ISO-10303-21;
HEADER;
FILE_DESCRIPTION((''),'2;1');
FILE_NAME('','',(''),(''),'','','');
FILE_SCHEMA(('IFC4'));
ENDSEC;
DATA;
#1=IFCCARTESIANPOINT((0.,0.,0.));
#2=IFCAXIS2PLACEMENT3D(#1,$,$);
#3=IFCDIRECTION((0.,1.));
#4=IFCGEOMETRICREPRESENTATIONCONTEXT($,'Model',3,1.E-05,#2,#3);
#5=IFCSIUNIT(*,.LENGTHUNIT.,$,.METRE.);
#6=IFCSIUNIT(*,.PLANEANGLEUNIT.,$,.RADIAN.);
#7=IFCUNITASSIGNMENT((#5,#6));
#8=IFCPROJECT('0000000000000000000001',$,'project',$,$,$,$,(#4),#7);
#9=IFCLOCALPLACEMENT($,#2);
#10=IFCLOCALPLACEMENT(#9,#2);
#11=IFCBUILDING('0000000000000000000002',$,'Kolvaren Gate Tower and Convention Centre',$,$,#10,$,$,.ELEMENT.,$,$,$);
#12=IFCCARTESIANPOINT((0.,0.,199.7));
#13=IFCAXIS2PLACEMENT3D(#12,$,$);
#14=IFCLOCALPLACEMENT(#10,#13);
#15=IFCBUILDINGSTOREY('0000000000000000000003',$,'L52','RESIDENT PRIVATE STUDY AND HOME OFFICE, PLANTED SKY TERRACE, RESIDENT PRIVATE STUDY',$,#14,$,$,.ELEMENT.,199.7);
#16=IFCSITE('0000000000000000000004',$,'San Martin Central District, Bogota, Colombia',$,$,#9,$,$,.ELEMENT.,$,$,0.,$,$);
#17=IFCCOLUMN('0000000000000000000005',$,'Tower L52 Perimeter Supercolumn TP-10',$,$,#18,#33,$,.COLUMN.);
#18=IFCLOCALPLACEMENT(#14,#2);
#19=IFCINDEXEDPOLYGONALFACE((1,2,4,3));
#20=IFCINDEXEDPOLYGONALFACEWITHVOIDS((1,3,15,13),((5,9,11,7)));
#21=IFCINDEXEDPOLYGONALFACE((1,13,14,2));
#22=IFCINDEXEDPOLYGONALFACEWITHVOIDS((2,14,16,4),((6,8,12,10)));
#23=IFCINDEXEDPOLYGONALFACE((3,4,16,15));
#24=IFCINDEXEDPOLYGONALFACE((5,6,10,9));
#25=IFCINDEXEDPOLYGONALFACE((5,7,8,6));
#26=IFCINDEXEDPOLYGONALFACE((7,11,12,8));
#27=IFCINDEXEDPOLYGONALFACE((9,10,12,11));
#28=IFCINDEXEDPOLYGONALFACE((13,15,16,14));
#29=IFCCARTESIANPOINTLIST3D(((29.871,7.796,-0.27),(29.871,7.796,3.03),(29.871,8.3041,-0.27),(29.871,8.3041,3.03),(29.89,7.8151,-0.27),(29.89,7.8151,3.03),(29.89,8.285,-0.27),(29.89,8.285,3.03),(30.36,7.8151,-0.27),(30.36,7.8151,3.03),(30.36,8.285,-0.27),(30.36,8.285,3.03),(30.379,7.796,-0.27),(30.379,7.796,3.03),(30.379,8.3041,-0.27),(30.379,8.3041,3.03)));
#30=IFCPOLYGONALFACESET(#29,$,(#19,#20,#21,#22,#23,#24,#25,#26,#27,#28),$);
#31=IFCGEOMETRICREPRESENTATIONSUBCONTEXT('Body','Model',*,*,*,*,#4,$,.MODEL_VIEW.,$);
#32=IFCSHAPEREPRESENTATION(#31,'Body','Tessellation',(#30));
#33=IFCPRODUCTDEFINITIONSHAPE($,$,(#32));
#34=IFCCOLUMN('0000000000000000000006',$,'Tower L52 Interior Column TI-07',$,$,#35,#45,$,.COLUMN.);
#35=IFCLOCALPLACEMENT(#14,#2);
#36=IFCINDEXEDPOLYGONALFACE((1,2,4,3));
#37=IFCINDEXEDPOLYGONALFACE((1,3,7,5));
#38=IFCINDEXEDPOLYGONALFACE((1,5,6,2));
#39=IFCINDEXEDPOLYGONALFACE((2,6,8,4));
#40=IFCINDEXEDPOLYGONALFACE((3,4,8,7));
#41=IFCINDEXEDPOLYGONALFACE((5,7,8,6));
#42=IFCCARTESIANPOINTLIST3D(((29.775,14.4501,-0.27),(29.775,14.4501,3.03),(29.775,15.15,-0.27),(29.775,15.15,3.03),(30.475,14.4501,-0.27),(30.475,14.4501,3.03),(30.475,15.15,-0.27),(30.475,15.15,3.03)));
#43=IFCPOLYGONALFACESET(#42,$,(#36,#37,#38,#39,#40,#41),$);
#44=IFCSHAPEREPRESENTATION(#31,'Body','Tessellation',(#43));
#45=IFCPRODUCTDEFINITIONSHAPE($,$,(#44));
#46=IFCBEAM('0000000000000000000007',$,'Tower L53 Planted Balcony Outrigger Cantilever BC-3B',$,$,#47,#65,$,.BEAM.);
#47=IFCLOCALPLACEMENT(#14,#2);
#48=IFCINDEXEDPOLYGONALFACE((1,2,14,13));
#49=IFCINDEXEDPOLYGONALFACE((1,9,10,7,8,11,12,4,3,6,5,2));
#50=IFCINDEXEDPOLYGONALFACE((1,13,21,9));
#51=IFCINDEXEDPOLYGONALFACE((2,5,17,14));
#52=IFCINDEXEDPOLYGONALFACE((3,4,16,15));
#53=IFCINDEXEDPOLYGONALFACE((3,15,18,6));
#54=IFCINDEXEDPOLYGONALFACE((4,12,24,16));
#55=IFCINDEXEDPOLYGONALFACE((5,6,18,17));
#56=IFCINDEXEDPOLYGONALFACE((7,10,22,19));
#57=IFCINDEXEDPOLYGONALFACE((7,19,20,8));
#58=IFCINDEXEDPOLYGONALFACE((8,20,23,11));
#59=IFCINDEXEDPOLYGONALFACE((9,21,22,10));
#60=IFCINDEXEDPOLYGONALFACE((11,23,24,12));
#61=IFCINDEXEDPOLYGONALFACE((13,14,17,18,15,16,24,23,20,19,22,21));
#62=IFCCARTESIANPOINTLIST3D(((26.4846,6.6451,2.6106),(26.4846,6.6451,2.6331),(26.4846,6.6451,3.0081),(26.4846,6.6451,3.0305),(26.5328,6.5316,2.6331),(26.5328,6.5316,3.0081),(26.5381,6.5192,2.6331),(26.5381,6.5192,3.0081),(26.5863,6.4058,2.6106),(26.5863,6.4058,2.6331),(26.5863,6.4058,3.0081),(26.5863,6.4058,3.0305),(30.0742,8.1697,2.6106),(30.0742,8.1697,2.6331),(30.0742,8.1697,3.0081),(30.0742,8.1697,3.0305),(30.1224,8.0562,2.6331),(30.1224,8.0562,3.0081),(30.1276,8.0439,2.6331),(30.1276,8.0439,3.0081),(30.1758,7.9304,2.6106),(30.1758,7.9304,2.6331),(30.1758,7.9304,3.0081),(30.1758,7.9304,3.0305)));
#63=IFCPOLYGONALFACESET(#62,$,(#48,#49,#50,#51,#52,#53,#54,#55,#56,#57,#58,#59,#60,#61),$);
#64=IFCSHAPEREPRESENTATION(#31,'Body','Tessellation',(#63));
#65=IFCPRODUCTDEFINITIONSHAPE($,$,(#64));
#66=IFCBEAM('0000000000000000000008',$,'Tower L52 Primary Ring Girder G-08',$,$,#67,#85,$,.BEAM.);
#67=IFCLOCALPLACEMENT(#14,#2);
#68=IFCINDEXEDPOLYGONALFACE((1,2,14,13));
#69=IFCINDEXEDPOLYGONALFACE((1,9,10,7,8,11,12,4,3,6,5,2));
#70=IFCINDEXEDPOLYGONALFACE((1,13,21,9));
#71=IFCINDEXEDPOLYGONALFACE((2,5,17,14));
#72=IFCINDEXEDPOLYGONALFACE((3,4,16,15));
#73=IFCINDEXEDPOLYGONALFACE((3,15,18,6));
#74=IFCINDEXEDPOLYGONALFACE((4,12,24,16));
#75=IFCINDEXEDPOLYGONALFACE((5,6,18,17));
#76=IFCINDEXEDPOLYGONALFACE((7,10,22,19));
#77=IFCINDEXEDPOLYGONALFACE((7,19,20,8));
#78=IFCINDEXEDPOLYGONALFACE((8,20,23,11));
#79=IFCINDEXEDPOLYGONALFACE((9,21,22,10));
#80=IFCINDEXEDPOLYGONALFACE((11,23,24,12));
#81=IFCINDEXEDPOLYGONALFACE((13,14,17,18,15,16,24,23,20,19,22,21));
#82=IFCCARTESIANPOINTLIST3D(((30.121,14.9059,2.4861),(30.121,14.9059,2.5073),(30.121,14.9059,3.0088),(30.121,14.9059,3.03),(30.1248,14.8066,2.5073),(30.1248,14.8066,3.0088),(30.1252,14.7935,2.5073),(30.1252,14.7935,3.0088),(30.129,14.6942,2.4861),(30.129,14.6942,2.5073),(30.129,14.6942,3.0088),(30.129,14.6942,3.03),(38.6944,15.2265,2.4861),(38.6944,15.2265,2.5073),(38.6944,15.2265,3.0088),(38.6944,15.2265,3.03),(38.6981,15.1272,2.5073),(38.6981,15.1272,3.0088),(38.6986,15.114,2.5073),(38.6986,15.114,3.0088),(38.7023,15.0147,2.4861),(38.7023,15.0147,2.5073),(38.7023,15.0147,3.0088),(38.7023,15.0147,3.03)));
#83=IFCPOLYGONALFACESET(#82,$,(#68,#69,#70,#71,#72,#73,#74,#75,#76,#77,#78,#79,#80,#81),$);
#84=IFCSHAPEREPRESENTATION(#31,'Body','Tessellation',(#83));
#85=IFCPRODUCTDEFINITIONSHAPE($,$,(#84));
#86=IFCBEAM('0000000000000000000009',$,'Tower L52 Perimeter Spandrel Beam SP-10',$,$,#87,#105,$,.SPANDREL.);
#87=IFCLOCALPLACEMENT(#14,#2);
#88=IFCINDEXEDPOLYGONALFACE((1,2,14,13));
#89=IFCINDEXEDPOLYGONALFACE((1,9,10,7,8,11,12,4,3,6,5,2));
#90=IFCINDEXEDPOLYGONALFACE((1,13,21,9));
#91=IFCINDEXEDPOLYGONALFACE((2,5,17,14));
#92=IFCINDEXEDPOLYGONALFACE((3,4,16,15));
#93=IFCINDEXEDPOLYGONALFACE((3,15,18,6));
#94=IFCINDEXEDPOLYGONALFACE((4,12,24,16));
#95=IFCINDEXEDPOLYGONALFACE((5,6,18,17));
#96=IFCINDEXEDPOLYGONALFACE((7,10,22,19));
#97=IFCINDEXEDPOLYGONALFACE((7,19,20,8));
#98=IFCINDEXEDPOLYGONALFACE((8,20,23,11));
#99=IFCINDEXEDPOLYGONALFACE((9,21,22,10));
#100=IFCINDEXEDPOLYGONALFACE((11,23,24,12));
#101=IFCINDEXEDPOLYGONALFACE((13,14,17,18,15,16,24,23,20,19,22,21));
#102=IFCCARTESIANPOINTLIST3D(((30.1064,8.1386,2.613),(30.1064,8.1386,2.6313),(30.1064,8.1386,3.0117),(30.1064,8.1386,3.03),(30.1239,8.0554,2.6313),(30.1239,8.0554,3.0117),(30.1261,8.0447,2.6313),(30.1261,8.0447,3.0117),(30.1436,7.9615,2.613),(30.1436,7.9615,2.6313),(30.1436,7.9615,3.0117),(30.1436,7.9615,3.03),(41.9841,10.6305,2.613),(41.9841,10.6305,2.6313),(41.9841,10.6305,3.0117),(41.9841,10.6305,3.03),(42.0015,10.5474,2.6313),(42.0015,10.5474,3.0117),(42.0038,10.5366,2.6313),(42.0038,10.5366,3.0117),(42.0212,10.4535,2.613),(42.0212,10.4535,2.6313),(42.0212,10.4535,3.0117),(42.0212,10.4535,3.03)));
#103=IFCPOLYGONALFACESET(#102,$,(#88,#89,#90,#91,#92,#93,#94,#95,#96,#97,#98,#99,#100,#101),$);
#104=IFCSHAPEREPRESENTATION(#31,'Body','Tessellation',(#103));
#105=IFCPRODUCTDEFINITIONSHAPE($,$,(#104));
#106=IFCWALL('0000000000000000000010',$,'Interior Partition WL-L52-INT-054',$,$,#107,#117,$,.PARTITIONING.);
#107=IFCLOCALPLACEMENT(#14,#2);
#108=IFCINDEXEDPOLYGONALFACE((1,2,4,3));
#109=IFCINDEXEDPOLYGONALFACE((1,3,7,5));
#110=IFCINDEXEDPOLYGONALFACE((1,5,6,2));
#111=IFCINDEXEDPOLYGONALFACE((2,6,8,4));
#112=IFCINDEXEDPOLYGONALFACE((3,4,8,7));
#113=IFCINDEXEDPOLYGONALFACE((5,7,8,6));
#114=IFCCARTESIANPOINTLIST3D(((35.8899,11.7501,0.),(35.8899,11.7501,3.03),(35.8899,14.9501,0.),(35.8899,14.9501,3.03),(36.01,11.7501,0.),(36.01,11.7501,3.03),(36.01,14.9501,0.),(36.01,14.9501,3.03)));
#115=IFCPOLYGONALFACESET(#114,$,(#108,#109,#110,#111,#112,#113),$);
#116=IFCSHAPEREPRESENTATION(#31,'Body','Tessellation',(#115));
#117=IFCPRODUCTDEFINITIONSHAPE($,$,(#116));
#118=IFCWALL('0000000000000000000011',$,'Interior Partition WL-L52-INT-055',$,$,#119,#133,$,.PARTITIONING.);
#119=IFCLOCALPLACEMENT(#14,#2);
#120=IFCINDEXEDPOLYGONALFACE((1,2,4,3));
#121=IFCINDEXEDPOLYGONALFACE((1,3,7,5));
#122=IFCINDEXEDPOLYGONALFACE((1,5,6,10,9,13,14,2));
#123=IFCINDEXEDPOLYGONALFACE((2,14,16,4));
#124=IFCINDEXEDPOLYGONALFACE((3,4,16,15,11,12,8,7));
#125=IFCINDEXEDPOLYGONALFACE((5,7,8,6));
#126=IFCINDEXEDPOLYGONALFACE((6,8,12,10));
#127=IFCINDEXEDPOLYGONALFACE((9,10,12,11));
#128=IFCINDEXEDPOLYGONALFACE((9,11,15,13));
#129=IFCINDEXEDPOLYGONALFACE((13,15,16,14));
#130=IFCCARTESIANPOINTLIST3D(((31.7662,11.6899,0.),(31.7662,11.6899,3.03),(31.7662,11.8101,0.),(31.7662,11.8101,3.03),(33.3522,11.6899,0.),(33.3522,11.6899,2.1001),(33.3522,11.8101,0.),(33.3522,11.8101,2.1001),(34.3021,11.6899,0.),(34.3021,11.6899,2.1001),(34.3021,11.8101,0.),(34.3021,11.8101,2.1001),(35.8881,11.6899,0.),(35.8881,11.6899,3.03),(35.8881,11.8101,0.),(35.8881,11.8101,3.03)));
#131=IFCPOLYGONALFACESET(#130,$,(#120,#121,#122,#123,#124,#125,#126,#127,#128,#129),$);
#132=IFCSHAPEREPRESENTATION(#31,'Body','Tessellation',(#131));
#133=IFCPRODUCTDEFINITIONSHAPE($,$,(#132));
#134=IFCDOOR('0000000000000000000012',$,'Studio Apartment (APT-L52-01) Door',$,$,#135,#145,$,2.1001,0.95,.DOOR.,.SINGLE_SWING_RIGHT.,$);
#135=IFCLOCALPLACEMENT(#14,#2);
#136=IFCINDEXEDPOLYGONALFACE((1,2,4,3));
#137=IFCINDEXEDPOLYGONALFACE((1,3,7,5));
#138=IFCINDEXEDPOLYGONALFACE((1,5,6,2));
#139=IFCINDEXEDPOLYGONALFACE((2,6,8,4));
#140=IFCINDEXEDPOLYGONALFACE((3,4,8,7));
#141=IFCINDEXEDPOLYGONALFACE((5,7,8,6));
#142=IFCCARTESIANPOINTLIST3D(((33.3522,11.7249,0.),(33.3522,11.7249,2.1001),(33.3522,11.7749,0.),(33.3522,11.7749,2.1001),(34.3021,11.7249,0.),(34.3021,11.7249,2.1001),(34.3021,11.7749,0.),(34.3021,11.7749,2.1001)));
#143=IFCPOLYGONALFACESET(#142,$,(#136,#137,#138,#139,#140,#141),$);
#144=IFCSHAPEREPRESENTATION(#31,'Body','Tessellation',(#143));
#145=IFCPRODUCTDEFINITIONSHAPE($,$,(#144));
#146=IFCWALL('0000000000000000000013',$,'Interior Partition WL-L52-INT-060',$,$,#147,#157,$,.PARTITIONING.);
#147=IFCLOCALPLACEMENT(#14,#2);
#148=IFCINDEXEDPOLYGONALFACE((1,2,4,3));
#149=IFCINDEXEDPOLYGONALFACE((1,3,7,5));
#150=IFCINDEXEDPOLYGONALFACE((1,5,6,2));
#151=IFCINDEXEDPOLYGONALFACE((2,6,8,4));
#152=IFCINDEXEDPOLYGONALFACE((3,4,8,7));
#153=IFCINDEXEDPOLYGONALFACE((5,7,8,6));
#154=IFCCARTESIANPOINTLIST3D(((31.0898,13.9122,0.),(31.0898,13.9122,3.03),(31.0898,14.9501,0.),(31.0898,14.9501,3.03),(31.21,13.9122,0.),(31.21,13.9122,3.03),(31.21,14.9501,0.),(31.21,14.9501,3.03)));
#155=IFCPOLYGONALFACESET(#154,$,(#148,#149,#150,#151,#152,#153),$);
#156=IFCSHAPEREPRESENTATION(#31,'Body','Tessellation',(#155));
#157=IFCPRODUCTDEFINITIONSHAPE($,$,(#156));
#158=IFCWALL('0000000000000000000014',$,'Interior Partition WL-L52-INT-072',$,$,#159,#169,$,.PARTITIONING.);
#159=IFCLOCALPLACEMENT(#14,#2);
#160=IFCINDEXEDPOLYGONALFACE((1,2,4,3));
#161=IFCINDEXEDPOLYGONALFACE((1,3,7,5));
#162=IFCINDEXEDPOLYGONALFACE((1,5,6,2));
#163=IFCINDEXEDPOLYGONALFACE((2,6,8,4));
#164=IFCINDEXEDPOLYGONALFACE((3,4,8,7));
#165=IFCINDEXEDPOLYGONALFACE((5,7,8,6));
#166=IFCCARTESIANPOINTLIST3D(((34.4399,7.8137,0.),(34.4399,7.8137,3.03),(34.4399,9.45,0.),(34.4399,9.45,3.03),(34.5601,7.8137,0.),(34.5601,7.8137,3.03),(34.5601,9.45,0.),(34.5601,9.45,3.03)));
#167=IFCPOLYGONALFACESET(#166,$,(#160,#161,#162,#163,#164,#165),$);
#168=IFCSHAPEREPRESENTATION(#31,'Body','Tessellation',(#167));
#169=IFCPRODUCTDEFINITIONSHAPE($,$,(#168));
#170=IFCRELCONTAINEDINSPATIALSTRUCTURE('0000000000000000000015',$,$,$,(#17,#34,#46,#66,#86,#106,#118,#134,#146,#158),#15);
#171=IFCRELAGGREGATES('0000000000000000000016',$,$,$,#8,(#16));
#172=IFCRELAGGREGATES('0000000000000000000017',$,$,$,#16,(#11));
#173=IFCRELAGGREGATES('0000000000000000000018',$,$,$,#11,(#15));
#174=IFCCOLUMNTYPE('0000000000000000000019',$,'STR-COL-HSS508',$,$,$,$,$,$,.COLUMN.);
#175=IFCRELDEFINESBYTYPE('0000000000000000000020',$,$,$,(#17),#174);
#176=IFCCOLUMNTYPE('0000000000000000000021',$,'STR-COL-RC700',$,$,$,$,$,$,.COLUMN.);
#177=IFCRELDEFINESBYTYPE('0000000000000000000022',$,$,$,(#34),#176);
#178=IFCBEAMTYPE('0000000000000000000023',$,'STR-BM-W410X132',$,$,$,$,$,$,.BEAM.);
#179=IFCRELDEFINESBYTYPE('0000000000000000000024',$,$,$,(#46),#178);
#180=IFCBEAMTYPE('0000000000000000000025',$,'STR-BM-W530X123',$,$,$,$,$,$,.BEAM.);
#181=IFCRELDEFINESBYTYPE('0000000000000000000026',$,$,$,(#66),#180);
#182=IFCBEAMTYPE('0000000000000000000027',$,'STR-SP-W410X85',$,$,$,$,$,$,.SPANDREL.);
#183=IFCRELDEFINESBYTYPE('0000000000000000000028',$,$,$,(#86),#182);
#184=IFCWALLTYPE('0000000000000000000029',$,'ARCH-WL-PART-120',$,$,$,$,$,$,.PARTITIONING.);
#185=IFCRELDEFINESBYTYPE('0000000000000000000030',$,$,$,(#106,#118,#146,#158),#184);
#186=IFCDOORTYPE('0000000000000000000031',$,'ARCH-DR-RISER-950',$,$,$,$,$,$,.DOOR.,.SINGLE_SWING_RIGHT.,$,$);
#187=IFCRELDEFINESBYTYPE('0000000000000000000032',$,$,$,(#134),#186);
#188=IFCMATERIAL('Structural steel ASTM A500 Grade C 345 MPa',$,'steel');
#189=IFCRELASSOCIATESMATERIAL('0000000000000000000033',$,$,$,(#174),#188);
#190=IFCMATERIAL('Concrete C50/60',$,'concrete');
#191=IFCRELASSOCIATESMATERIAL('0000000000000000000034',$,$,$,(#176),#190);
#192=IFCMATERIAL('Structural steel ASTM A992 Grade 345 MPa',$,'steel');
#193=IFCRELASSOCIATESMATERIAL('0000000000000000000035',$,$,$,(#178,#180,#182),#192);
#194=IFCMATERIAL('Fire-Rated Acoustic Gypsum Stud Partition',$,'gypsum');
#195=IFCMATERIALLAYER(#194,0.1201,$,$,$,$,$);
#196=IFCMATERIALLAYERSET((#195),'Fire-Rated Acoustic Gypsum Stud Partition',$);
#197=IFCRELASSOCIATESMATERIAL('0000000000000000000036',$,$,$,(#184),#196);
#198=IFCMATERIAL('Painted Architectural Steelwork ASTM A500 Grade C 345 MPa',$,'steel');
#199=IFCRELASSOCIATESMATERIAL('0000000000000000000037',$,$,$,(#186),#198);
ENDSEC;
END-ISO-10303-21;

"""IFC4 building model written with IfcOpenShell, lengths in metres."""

from ifc_helpers import new_model, si_unit, direction, frame, frame_2d, origin, origin_2d, place, context, subcontext, project, spatial, rectangle, hollow_rectangle, i_section, extrude, material, layer, layer_set, material_profile, profile_set, type_object, element, fill, save


model = new_model("IFC4")

# Units and contexts
model_context = context("Model", 3, precision=1e-05, world=origin(), true_north=direction((0.0, 1.0)))
body_context = subcontext(model_context, "Body", "Model", "MODEL_VIEW")
ifc_project = project(units=[si_unit("LENGTHUNIT", "METRE"), si_unit("PLANEANGLEUNIT", "RADIAN")], contexts=[model_context])

# Site, building, storey
site_placement = place(None, origin())
site = spatial("IfcSite", under=ifc_project, at=site_placement, Name="San Martin Central District, Bogota, Colombia", CompositionType="ELEMENT", RefElevation=0.0)
building_placement = place(site_placement, origin())
building = spatial("IfcBuilding", under=site, at=building_placement, Name="Kolvaren Gate Tower and Convention Centre", CompositionType="ELEMENT")
storey_placement = place(building_placement, frame((0.0, 0.0, 199.7)))
storey = spatial("IfcBuildingStorey", under=building, at=storey_placement, Name="L52", Description="RESIDENT PRIVATE STUDY AND HOME OFFICE, PLANTED SKY TERRACE, RESIDENT PRIVATE STUDY", CompositionType="ELEMENT", Elevation=199.7)

# Columns
ifc_material_1 = material(Name="Structural steel ASTM A500 Grade C 345 MPa", Category="steel")
ifc_material_profile_1 = material_profile(ifc_material_1, hollow_rectangle(XDim=0.5081, YDim=0.5081, WallThickness=0.019, at=origin_2d()), Name="HSS508X508X19.1")
ifc_profile_set_1 = profile_set([ifc_material_profile_1], Name="Structural steel ASTM A500 Grade C 345 MPa")
column_type_1 = type_object("IfcColumnType", Name="STR-COL-HSS508", PredefinedType="COLUMN", material=ifc_profile_set_1)
column_1_placement = place(storey_placement, frame((30.125, 8.05, -0.27), z_axis=(0.0, 0.0, 1.0), x_axis=(1.0, 0.0, 0.0)))
element("IfcColumn", 1, at=column_1_placement, inside=storey, type_object=column_type_1, Name="Tower L52 Perimeter Supercolumn TP-10", PredefinedType="COLUMN", context=body_context, shape_type="SweptSolid", body=[
    extrude(hollow_rectangle(XDim=0.5081, YDim=0.5081, WallThickness=0.019, at=origin_2d()), origin(), (0.0, 0.0, 1.0), 3.3),
])
ifc_material_2 = material(Name="Concrete C50/60", Category="concrete")
ifc_material_profile_2 = material_profile(ifc_material_2, rectangle(XDim=0.7, YDim=0.7, at=origin_2d()), Name="RC-COL-700X700")
ifc_profile_set_2 = profile_set([ifc_material_profile_2], Name="Concrete C50/60")
column_type_2 = type_object("IfcColumnType", Name="STR-COL-RC700", PredefinedType="COLUMN", material=ifc_profile_set_2)
column_2_placement = place(storey_placement, frame((30.125, 14.8, -0.27), z_axis=(0.0, 0.0, 1.0), x_axis=(1.0, 0.0, 0.0)))
element("IfcColumn", 2, at=column_2_placement, inside=storey, type_object=column_type_2, Name="Tower L52 Interior Column TI-07", PredefinedType="COLUMN", context=body_context, shape_type="SweptSolid", body=[
    extrude(rectangle(XDim=0.7, YDim=0.7, at=origin_2d()), origin(), (0.0, 0.0, 1.0), 3.3),
])

# Beams
ifc_material_3 = material(Name="Structural steel ASTM A992 Grade 345 MPa", Category="steel")
ifc_material_profile_3 = material_profile(ifc_material_3, i_section(OverallWidth=0.26, OverallDepth=0.4199, WebThickness=0.0134, FlangeThickness=0.0225, at=origin_2d()), Name="W410X132")
ifc_profile_set_3 = profile_set([ifc_material_profile_3], Name="Structural steel ASTM A992 Grade 345 MPa")
beam_type_1 = type_object("IfcBeamType", Name="STR-BM-W410X132", PredefinedType="BEAM", material=ifc_profile_set_3)
beam_1_placement = place(storey_placement, frame((30.125, 8.05, 2.8206), z_axis=(-0.920416, -0.39094, 0.0), x_axis=(0.39094, -0.920416, 0.0)))
element("IfcBeam", 3, at=beam_1_placement, inside=storey, type_object=beam_type_1, Name="Tower L53 Planted Balcony Outrigger Cantilever BC-3B", PredefinedType="BEAM", context=body_context, shape_type="SweptSolid", body=[
    extrude(i_section(OverallWidth=0.26, OverallDepth=0.4199, WebThickness=0.0134, FlangeThickness=0.0225, at=origin_2d()), origin(), (0.0, 0.0, 1.0), 3.8999),
])
ifc_material_profile_4 = material_profile(ifc_material_3, i_section(OverallWidth=0.2119, OverallDepth=0.5439, WebThickness=0.0132, FlangeThickness=0.0212, at=origin_2d()), Name="W530X123")
ifc_profile_set_4 = profile_set([ifc_material_profile_4], Name="Structural steel ASTM A992 Grade 345 MPa")
beam_type_2 = type_object("IfcBeamType", Name="STR-BM-W530X123", PredefinedType="BEAM", material=ifc_profile_set_4)
beam_2_placement = place(storey_placement, frame((30.125, 14.8, 2.7581), z_axis=(0.999302, 0.037364, 0.0), x_axis=(-0.037364, 0.999302, 0.0)))
element("IfcBeam", 4, at=beam_2_placement, inside=storey, type_object=beam_type_2, Name="Tower L52 Primary Ring Girder G-08", PredefinedType="BEAM", context=body_context, shape_type="SweptSolid", body=[
    extrude(i_section(OverallWidth=0.2119, OverallDepth=0.5439, WebThickness=0.0132, FlangeThickness=0.0212, at=origin_2d()), origin(), (0.0, 0.0, 1.0), 8.5793),
])
ifc_material_profile_5 = material_profile(ifc_material_3, i_section(OverallWidth=0.1809, OverallDepth=0.417, WebThickness=0.011, FlangeThickness=0.0183, at=origin_2d()), Name="W410X85")
ifc_profile_set_5 = profile_set([ifc_material_profile_5], Name="Structural steel ASTM A992 Grade 345 MPa")
beam_type_3 = type_object("IfcBeamType", Name="STR-SP-W410X85", PredefinedType="SPANDREL", material=ifc_profile_set_5)
beam_3_placement = place(storey_placement, frame((30.125, 8.05, 2.8215), z_axis=(0.978693, 0.20533, 0.0), x_axis=(-0.20533, 0.978693, 0.0)))
element("IfcBeam", 5, at=beam_3_placement, inside=storey, type_object=beam_type_3, Name="Tower L52 Perimeter Spandrel Beam SP-10", PredefinedType="SPANDREL", context=body_context, shape_type="SweptSolid", body=[
    extrude(i_section(OverallWidth=0.1809, OverallDepth=0.417, WebThickness=0.011, FlangeThickness=0.0183, at=origin_2d()), origin(), (0.0, 0.0, 1.0), 12.1362),
])

# Wall
ifc_material_4 = material(Name="Fire-Rated Acoustic Gypsum Stud Partition", Category="gypsum")
ifc_layer_1 = layer(ifc_material_4, 0.1201)
ifc_layer_set_1 = layer_set([ifc_layer_1], Name="Fire-Rated Acoustic Gypsum Stud Partition")
wall_type_1 = type_object("IfcWallType", Name="ARCH-WL-PART-120", PredefinedType="PARTITIONING", material=ifc_layer_set_1)
wall_1_placement = place(storey_placement, frame((35.95, 11.75, 0.0), z_axis=(0.0, 0.0, 1.0), x_axis=(0.0, 1.0, 0.0)))
element("IfcWall", 6, at=wall_1_placement, inside=storey, type_object=wall_type_1, Name="Interior Partition WL-L52-INT-054", PredefinedType="PARTITIONING", context=body_context, shape_type="SweptSolid", body=[
    extrude(rectangle(XDim=3.2, YDim=0.1201, at=frame_2d((1.6001, 0.0))), origin(), (0.0, 0.0, 1.0), 3.03),
])

# Wall, opening, door
wall_2_placement = place(storey_placement, frame((31.7661, 11.75, 0.0), z_axis=(0.0, 0.0, 1.0), x_axis=(1.0, 0.0, 0.0)))
wall_2 = element("IfcWall", 7, at=wall_2_placement, inside=storey, type_object=wall_type_1, Name="Interior Partition WL-L52-INT-055", PredefinedType="PARTITIONING", context=body_context, shape_type="SweptSolid", body=[
    extrude(rectangle(XDim=4.1218, YDim=0.1201, at=frame_2d((2.061, 0.0))), origin(), (0.0, 0.0, 1.0), 3.03),
])
opening_1_placement = place(wall_2_placement, frame((1.5859, 0.0, 0.0)))
opening_1 = element("IfcOpeningElement", 8, at=opening_1_placement, cuts=wall_2, PredefinedType="OPENING", context=body_context, shape_type="SweptSolid", body=[
    extrude(rectangle(XDim=0.95, YDim=2.1001, at=frame_2d((0.4751, 1.05))), frame((0.0, 0.0701, 0.0), z_axis=(0.0, -1.0, 0.0), x_axis=(1.0, 0.0, 0.0)), (0.0, 0.0, 1.0), 0.1401),
])
ifc_material_5 = material(Name="Painted Architectural Steelwork ASTM A500 Grade C 345 MPa", Category="steel")
door_type_1 = type_object("IfcDoorType", Name="ARCH-DR-RISER-950", OperationType="SINGLE_SWING_RIGHT", PredefinedType="DOOR", material=ifc_material_5)
door_1_placement = place(opening_1_placement, origin())
door_1 = element("IfcDoor", 9, at=door_1_placement, inside=storey, type_object=door_type_1, Name="Studio Apartment (APT-L52-01) Door", OperationType="SINGLE_SWING_RIGHT", OverallHeight=2.1001, OverallWidth=0.95, PredefinedType="DOOR", context=body_context, shape_type="SweptSolid", body=[
    extrude(rectangle(XDim=0.95, YDim=2.1001, at=frame_2d((0.4751, 1.05))), frame((0.0, 0.0249, 0.0), z_axis=(0.0, -1.0, 0.0), x_axis=(1.0, 0.0, 0.0)), (0.0, 0.0, 1.0), 0.05),
])
fill(opening_1, door_1)

# Walls
wall_3_placement = place(storey_placement, frame((31.1499, 13.9121, 0.0), z_axis=(0.0, 0.0, 1.0), x_axis=(0.0, 1.0, 0.0)))
element("IfcWall", 10, at=wall_3_placement, inside=storey, type_object=wall_type_1, Name="Interior Partition WL-L52-INT-060", PredefinedType="PARTITIONING", context=body_context, shape_type="SweptSolid", body=[
    extrude(rectangle(XDim=1.0378, YDim=0.1201, at=frame_2d((0.519, 0.0))), origin(), (0.0, 0.0, 1.0), 3.03),
])
wall_4_placement = place(storey_placement, frame((34.5, 7.8137, 0.0), z_axis=(0.0, 0.0, 1.0), x_axis=(0.0, 1.0, 0.0)))
element("IfcWall", 11, at=wall_4_placement, inside=storey, type_object=wall_type_1, Name="Interior Partition WL-L52-INT-072", PredefinedType="PARTITIONING", context=body_context, shape_type="SweptSolid", body=[
    extrude(rectangle(XDim=1.6362, YDim=0.1201, at=frame_2d((0.8181, 0.0))), origin(), (0.0, 0.0, 1.0), 3.03),
])

save(model, "model.ifc")
